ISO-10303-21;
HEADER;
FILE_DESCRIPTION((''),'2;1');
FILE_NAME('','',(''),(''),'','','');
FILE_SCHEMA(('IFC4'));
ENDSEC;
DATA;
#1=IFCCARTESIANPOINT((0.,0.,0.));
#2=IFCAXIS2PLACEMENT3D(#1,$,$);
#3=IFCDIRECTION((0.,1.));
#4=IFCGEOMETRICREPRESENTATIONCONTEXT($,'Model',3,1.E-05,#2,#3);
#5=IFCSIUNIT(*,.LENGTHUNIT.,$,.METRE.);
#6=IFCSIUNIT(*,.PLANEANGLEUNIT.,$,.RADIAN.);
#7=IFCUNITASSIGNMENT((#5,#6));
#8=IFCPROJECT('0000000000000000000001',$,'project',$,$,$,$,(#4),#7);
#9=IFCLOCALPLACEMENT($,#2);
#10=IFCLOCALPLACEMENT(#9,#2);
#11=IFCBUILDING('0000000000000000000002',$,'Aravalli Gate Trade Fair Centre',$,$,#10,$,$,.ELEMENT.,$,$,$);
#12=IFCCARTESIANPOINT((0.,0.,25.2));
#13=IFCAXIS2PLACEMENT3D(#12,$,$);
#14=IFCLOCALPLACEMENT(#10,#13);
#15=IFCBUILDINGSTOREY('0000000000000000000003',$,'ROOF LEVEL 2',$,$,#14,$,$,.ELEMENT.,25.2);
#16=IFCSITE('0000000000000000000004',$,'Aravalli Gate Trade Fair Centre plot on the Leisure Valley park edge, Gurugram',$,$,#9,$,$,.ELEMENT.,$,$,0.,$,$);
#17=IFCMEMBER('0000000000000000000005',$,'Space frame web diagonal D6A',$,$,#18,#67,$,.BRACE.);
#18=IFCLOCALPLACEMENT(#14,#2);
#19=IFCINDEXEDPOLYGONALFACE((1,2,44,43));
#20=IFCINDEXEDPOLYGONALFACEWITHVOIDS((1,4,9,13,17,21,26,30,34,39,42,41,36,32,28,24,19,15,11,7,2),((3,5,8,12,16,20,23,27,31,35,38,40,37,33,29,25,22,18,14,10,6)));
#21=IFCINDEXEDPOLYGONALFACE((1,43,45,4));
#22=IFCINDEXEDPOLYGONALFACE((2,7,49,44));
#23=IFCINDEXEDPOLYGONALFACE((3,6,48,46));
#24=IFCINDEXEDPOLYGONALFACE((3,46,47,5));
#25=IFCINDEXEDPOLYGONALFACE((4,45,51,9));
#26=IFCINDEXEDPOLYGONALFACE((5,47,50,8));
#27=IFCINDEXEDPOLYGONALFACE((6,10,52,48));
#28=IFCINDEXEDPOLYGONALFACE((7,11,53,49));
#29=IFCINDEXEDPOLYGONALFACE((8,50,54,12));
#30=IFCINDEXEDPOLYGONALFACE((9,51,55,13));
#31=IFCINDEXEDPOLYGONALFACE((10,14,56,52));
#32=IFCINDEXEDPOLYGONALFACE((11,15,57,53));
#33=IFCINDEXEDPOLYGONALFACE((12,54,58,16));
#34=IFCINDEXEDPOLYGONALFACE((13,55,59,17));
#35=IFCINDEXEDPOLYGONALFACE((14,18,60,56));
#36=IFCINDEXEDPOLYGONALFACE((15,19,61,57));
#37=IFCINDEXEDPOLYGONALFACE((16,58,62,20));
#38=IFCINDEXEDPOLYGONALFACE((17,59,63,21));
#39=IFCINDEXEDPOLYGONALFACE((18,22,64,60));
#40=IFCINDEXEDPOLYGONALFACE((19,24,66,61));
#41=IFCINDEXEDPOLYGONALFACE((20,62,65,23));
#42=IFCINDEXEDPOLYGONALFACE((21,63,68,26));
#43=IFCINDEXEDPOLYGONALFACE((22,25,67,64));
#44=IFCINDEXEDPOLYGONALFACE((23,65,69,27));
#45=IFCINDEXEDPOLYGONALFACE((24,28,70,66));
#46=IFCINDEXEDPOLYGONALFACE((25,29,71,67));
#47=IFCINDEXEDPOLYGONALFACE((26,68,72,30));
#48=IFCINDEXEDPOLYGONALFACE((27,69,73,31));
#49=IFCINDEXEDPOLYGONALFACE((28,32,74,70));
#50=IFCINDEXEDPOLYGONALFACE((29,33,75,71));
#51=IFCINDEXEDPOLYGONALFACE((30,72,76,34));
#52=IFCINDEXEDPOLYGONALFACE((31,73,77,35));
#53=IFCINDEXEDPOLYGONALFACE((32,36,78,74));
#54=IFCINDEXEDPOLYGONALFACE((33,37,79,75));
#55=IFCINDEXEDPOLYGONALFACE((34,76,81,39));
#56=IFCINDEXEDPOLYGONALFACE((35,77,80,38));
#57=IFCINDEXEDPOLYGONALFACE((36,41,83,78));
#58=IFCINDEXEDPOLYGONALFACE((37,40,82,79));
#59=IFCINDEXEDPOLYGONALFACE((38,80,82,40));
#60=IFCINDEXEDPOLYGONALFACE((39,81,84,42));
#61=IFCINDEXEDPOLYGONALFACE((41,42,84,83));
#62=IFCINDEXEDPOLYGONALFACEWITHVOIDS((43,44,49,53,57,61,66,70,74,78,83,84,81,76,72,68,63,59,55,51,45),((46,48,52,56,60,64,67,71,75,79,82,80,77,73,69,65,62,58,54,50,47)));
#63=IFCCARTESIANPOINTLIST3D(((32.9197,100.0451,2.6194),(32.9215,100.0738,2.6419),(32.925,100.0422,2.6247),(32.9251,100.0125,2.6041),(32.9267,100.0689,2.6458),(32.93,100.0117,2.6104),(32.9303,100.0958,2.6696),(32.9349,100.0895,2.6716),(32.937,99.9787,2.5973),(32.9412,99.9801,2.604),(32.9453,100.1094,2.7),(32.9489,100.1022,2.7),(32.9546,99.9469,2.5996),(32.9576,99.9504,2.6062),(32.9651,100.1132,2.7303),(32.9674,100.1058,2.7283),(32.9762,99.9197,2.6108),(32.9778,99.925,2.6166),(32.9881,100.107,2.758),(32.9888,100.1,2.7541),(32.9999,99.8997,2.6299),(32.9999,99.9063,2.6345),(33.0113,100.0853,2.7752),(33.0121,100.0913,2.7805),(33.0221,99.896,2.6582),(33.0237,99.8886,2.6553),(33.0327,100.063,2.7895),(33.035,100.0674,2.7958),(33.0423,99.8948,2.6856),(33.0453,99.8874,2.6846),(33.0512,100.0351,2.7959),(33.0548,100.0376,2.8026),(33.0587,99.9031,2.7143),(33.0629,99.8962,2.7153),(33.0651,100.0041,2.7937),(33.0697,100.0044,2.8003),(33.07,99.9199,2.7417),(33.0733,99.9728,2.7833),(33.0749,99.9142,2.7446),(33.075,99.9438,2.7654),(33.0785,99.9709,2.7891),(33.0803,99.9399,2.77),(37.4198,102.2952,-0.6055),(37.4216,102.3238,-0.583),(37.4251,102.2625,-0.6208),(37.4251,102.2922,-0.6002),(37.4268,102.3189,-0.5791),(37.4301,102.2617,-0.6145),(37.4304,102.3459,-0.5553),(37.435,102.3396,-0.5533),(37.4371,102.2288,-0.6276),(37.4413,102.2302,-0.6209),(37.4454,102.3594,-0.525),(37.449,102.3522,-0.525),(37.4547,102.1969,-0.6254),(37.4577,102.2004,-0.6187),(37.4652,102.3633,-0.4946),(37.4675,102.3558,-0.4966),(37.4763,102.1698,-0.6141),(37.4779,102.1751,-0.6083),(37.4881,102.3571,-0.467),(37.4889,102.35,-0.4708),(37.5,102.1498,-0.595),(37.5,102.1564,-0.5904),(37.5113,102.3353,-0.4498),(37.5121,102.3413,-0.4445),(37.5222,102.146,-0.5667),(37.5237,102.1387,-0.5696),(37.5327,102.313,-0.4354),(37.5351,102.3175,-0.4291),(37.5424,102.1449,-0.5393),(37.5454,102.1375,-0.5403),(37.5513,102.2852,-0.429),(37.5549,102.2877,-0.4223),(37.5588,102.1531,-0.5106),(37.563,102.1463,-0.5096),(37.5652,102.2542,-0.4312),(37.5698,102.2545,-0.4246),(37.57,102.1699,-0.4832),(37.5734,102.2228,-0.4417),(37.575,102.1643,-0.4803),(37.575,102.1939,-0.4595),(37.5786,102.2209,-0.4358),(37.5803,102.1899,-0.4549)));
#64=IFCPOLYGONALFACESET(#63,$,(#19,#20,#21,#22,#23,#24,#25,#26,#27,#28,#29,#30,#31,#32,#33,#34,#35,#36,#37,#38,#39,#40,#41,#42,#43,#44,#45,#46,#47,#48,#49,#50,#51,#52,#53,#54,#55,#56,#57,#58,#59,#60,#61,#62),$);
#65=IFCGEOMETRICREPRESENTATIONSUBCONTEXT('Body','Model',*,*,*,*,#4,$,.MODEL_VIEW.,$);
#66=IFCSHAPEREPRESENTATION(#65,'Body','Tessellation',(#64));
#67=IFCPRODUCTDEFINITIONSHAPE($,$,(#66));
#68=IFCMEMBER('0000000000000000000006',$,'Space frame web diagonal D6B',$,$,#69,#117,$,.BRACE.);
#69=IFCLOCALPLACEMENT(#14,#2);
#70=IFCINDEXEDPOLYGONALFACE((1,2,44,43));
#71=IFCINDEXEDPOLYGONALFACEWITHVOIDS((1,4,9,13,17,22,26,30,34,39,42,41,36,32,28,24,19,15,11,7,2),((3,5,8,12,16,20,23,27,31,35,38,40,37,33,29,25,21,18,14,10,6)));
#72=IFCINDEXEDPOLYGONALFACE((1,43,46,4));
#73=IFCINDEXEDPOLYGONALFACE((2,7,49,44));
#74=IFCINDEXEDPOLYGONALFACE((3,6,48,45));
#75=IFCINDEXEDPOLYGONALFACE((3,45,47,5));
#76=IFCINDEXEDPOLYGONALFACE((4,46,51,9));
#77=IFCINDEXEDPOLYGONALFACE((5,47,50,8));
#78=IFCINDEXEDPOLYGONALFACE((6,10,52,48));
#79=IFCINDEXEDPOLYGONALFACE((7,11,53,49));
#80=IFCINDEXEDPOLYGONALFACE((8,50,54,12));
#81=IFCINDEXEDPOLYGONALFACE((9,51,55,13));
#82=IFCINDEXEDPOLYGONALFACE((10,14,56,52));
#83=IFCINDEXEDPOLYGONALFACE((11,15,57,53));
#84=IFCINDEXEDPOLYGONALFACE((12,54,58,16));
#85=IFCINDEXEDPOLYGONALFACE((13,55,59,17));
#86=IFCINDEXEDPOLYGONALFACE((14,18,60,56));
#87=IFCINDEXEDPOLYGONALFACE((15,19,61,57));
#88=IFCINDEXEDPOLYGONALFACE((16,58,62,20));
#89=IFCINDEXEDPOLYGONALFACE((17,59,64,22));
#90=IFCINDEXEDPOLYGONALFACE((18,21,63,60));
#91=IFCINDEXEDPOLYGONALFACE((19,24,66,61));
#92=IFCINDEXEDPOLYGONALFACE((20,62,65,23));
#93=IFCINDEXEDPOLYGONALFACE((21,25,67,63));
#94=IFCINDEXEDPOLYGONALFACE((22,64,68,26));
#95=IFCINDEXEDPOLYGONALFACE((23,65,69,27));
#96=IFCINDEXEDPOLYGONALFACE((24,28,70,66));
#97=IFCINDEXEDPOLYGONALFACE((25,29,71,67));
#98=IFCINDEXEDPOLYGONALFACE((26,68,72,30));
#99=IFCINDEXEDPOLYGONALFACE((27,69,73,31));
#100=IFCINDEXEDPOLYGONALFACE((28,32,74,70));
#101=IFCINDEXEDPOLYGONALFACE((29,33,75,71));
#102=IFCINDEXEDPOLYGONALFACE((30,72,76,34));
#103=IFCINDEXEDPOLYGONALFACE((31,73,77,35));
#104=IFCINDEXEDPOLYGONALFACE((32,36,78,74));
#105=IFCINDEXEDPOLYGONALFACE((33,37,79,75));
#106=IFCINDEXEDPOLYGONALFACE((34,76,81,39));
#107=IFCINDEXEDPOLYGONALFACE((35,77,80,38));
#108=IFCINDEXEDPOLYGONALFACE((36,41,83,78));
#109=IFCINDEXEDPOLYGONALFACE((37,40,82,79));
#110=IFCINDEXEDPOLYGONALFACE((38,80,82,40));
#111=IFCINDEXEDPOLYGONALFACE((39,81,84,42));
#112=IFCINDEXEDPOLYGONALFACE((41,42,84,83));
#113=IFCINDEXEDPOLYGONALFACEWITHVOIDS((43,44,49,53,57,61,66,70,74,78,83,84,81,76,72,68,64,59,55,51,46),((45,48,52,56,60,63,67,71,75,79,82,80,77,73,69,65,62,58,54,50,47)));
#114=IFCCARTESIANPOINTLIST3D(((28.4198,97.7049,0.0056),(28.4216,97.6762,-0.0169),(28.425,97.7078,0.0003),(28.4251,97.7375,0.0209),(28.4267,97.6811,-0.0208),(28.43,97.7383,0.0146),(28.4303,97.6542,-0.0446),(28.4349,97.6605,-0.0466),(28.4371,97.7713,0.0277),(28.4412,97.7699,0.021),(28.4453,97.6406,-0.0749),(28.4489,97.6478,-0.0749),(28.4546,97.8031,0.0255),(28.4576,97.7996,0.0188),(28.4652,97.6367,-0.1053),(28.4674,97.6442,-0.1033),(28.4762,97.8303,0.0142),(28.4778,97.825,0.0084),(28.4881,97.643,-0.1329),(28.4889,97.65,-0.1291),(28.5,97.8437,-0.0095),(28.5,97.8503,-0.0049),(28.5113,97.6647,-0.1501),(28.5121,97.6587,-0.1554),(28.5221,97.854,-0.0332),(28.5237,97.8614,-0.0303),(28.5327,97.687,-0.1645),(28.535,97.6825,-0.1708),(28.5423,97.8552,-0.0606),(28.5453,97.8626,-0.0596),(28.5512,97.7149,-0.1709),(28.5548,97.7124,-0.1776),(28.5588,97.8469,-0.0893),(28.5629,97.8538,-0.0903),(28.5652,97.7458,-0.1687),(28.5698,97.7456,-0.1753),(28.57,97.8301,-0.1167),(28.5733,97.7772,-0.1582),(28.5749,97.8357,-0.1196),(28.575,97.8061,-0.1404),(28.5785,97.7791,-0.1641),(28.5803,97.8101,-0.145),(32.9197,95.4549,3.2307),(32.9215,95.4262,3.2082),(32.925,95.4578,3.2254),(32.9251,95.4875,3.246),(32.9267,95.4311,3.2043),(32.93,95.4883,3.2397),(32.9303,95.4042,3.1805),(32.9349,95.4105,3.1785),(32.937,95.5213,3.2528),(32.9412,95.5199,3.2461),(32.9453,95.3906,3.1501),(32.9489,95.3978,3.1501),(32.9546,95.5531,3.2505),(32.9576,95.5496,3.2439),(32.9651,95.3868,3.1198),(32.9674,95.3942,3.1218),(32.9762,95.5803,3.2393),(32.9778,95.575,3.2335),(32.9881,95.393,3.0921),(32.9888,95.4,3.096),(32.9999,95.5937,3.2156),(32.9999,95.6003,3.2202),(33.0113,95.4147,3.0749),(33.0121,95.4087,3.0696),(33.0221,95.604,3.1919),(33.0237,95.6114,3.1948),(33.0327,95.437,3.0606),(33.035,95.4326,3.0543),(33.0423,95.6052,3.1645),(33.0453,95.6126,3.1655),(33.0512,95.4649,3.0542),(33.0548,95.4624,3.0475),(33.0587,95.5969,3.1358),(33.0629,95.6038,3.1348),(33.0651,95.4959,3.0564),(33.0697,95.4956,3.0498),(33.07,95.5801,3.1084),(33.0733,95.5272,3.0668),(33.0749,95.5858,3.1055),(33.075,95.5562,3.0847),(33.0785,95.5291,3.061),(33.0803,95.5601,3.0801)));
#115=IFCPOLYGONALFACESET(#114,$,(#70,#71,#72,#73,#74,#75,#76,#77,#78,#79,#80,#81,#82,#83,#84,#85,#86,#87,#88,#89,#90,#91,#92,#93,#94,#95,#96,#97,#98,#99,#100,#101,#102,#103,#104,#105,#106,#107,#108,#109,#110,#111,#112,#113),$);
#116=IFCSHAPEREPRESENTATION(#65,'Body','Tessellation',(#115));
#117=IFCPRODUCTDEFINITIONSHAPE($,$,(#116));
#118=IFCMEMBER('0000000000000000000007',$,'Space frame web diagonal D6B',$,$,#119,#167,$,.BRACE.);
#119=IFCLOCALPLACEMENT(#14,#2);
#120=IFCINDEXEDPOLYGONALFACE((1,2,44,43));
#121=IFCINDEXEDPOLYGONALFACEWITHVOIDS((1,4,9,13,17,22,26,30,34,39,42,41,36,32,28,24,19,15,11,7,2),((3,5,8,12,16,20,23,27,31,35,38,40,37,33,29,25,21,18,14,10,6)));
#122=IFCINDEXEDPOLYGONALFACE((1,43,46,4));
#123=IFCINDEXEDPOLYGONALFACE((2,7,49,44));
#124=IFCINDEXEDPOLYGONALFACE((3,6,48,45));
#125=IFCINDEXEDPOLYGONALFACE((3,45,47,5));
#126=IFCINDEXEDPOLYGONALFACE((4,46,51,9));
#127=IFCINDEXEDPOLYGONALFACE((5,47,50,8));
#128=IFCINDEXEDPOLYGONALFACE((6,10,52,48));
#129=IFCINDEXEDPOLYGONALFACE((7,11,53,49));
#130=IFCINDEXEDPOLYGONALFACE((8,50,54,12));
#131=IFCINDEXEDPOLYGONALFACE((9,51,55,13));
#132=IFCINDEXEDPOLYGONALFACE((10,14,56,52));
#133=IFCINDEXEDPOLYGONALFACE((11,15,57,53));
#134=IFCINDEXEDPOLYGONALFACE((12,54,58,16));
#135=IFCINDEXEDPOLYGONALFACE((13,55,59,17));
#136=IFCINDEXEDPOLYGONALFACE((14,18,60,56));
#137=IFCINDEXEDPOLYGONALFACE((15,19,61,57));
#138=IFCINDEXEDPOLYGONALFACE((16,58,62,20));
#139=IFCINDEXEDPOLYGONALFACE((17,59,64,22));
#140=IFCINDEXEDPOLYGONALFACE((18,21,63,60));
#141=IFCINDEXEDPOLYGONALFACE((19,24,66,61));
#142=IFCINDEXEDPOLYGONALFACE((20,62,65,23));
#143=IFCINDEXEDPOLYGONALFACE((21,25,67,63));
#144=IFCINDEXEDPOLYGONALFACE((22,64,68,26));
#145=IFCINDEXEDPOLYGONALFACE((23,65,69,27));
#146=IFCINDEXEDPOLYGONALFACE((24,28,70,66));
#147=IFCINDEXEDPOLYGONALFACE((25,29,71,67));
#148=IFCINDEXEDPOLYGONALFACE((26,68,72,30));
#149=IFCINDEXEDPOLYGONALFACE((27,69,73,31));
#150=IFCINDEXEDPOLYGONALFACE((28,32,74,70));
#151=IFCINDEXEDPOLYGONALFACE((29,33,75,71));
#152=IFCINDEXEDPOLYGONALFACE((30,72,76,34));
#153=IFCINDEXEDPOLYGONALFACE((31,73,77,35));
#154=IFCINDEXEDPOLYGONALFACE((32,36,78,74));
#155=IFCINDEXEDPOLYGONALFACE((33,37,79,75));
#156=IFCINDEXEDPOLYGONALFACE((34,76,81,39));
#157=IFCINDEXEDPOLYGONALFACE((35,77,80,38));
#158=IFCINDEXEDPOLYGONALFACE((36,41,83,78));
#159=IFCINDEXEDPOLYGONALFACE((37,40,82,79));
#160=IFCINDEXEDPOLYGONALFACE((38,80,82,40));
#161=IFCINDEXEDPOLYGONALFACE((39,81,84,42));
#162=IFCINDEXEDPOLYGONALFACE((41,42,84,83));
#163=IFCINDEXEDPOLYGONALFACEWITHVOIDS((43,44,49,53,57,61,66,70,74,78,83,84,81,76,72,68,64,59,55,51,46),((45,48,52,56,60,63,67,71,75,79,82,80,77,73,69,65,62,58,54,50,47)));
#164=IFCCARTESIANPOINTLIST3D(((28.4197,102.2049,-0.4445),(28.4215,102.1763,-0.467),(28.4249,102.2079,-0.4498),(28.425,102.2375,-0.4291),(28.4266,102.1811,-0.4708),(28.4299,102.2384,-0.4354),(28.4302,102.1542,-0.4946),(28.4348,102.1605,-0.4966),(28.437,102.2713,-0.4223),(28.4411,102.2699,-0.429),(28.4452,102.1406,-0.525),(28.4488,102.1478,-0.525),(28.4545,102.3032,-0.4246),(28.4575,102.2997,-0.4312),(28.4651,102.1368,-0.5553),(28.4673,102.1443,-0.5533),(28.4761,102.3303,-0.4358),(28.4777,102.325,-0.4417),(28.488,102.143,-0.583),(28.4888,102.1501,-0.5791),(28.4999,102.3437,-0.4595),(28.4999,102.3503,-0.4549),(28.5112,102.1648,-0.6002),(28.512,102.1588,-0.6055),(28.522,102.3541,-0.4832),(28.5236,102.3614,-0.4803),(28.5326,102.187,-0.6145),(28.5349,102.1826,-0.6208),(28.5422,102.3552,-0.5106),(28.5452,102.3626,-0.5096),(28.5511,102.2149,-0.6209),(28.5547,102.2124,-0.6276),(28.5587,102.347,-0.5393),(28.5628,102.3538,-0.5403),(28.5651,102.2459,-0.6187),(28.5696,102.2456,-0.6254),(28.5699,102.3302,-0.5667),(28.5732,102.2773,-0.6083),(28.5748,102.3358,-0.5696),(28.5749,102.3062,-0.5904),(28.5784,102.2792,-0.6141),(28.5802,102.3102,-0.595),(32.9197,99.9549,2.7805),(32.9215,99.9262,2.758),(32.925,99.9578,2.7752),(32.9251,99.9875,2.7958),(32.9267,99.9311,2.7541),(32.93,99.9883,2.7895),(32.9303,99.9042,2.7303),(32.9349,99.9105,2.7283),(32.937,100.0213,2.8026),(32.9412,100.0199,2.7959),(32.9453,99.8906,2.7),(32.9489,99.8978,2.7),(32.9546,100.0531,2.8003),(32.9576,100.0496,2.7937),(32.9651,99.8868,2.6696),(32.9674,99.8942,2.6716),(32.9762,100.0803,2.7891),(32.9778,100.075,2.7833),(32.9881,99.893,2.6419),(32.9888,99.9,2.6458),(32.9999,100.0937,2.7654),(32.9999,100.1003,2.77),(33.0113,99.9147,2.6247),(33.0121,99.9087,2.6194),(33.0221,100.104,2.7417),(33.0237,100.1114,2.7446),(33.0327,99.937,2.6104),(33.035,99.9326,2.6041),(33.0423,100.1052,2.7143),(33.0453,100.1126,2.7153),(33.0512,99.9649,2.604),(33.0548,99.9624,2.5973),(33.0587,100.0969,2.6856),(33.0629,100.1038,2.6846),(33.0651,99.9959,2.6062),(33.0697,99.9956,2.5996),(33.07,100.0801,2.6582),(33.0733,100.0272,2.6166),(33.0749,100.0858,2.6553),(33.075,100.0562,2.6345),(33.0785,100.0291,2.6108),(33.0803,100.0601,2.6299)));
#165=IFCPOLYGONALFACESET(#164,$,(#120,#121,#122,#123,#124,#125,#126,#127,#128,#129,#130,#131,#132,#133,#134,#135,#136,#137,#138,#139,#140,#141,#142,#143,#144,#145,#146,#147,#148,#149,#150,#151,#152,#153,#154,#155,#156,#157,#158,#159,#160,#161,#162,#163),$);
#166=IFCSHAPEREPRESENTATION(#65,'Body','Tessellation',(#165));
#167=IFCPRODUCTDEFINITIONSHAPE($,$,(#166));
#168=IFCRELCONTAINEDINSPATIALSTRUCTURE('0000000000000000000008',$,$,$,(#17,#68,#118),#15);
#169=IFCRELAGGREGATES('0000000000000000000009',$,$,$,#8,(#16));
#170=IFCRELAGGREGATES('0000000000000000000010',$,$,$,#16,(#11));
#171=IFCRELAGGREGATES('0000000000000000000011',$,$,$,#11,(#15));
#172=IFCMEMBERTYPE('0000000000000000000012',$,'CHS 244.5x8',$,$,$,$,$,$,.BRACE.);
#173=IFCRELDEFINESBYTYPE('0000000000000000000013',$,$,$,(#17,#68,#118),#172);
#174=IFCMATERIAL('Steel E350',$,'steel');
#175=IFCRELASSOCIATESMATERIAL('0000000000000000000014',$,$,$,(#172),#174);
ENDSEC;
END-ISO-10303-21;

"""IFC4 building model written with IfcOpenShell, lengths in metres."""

from ifc_helpers import new_model, si_unit, direction, frame, origin, origin_2d, place, context, subcontext, project, spatial, hollow_circle, extrude, material, material_profile, profile_set, type_object, element, save


model = new_model("IFC4")

# Units and contexts
model_context = context("Model", 3, precision=1e-05, world=origin(), true_north=direction((0.0, 1.0)))
body_context = subcontext(model_context, "Body", "Model", "MODEL_VIEW")
ifc_project = project(units=[si_unit("LENGTHUNIT", "METRE"), si_unit("PLANEANGLEUNIT", "RADIAN")], contexts=[model_context])

# Site, building, storey
site_placement = place(None, origin())
site = spatial("IfcSite", under=ifc_project, at=site_placement, Name="Aravalli Gate Trade Fair Centre plot on the Leisure Valley park edge, Gurugram", CompositionType="ELEMENT", RefElevation=0.0)
building_placement = place(site_placement, origin())
building = spatial("IfcBuilding", under=site, at=building_placement, Name="Aravalli Gate Trade Fair Centre", CompositionType="ELEMENT")
storey_placement = place(building_placement, frame((0.0, 0.0, 25.2)))
storey = spatial("IfcBuildingStorey", under=building, at=storey_placement, Name="ROOF LEVEL 2", CompositionType="ELEMENT", Elevation=25.2)

# Members
ifc_material_1 = material(Name="Steel E350", Category="steel")
ifc_material_profile_1 = material_profile(ifc_material_1, hollow_circle(Radius=0.1223, WallThickness=0.0081, at=origin_2d()), Name="CHS 244.5x8")
ifc_profile_set_1 = profile_set([ifc_material_profile_1], Name="Steel E350")
member_type_1 = type_object("IfcMemberType", Name="CHS 244.5x8", PredefinedType="BRACE", material=ifc_profile_set_1)
for number, where, z_axis, x_axis, name in (
    (1, (33.0, 100.0, 2.7), (0.753016, 0.376508, -0.539637), (-0.447214, 0.894427, 0.0), "Space frame web diagonal D6A"),
    (2, (33.0, 95.5, 3.1501), (-0.753, 0.3765, -0.539666), (-0.447214, -0.894427, 0.0), "Space frame web diagonal D6B"),
    (3, (33.0, 100.0, 2.7), (-0.753016, 0.376508, -0.539637), (-0.447214, -0.894427, 0.0), "Space frame web diagonal D6B"),
):
    element("IfcMember", number, at=place(storey_placement, frame(where, z_axis=z_axis, x_axis=x_axis)), inside=storey, type_object=member_type_1, Name=name, PredefinedType="BRACE", context=body_context, shape_type="SweptSolid", body=[
        extrude(hollow_circle(Radius=0.1223, WallThickness=0.0081, at=origin_2d()), origin(), (0.0, 0.0, 1.0), 5.9761),
    ])

save(model, "model.ifc")
